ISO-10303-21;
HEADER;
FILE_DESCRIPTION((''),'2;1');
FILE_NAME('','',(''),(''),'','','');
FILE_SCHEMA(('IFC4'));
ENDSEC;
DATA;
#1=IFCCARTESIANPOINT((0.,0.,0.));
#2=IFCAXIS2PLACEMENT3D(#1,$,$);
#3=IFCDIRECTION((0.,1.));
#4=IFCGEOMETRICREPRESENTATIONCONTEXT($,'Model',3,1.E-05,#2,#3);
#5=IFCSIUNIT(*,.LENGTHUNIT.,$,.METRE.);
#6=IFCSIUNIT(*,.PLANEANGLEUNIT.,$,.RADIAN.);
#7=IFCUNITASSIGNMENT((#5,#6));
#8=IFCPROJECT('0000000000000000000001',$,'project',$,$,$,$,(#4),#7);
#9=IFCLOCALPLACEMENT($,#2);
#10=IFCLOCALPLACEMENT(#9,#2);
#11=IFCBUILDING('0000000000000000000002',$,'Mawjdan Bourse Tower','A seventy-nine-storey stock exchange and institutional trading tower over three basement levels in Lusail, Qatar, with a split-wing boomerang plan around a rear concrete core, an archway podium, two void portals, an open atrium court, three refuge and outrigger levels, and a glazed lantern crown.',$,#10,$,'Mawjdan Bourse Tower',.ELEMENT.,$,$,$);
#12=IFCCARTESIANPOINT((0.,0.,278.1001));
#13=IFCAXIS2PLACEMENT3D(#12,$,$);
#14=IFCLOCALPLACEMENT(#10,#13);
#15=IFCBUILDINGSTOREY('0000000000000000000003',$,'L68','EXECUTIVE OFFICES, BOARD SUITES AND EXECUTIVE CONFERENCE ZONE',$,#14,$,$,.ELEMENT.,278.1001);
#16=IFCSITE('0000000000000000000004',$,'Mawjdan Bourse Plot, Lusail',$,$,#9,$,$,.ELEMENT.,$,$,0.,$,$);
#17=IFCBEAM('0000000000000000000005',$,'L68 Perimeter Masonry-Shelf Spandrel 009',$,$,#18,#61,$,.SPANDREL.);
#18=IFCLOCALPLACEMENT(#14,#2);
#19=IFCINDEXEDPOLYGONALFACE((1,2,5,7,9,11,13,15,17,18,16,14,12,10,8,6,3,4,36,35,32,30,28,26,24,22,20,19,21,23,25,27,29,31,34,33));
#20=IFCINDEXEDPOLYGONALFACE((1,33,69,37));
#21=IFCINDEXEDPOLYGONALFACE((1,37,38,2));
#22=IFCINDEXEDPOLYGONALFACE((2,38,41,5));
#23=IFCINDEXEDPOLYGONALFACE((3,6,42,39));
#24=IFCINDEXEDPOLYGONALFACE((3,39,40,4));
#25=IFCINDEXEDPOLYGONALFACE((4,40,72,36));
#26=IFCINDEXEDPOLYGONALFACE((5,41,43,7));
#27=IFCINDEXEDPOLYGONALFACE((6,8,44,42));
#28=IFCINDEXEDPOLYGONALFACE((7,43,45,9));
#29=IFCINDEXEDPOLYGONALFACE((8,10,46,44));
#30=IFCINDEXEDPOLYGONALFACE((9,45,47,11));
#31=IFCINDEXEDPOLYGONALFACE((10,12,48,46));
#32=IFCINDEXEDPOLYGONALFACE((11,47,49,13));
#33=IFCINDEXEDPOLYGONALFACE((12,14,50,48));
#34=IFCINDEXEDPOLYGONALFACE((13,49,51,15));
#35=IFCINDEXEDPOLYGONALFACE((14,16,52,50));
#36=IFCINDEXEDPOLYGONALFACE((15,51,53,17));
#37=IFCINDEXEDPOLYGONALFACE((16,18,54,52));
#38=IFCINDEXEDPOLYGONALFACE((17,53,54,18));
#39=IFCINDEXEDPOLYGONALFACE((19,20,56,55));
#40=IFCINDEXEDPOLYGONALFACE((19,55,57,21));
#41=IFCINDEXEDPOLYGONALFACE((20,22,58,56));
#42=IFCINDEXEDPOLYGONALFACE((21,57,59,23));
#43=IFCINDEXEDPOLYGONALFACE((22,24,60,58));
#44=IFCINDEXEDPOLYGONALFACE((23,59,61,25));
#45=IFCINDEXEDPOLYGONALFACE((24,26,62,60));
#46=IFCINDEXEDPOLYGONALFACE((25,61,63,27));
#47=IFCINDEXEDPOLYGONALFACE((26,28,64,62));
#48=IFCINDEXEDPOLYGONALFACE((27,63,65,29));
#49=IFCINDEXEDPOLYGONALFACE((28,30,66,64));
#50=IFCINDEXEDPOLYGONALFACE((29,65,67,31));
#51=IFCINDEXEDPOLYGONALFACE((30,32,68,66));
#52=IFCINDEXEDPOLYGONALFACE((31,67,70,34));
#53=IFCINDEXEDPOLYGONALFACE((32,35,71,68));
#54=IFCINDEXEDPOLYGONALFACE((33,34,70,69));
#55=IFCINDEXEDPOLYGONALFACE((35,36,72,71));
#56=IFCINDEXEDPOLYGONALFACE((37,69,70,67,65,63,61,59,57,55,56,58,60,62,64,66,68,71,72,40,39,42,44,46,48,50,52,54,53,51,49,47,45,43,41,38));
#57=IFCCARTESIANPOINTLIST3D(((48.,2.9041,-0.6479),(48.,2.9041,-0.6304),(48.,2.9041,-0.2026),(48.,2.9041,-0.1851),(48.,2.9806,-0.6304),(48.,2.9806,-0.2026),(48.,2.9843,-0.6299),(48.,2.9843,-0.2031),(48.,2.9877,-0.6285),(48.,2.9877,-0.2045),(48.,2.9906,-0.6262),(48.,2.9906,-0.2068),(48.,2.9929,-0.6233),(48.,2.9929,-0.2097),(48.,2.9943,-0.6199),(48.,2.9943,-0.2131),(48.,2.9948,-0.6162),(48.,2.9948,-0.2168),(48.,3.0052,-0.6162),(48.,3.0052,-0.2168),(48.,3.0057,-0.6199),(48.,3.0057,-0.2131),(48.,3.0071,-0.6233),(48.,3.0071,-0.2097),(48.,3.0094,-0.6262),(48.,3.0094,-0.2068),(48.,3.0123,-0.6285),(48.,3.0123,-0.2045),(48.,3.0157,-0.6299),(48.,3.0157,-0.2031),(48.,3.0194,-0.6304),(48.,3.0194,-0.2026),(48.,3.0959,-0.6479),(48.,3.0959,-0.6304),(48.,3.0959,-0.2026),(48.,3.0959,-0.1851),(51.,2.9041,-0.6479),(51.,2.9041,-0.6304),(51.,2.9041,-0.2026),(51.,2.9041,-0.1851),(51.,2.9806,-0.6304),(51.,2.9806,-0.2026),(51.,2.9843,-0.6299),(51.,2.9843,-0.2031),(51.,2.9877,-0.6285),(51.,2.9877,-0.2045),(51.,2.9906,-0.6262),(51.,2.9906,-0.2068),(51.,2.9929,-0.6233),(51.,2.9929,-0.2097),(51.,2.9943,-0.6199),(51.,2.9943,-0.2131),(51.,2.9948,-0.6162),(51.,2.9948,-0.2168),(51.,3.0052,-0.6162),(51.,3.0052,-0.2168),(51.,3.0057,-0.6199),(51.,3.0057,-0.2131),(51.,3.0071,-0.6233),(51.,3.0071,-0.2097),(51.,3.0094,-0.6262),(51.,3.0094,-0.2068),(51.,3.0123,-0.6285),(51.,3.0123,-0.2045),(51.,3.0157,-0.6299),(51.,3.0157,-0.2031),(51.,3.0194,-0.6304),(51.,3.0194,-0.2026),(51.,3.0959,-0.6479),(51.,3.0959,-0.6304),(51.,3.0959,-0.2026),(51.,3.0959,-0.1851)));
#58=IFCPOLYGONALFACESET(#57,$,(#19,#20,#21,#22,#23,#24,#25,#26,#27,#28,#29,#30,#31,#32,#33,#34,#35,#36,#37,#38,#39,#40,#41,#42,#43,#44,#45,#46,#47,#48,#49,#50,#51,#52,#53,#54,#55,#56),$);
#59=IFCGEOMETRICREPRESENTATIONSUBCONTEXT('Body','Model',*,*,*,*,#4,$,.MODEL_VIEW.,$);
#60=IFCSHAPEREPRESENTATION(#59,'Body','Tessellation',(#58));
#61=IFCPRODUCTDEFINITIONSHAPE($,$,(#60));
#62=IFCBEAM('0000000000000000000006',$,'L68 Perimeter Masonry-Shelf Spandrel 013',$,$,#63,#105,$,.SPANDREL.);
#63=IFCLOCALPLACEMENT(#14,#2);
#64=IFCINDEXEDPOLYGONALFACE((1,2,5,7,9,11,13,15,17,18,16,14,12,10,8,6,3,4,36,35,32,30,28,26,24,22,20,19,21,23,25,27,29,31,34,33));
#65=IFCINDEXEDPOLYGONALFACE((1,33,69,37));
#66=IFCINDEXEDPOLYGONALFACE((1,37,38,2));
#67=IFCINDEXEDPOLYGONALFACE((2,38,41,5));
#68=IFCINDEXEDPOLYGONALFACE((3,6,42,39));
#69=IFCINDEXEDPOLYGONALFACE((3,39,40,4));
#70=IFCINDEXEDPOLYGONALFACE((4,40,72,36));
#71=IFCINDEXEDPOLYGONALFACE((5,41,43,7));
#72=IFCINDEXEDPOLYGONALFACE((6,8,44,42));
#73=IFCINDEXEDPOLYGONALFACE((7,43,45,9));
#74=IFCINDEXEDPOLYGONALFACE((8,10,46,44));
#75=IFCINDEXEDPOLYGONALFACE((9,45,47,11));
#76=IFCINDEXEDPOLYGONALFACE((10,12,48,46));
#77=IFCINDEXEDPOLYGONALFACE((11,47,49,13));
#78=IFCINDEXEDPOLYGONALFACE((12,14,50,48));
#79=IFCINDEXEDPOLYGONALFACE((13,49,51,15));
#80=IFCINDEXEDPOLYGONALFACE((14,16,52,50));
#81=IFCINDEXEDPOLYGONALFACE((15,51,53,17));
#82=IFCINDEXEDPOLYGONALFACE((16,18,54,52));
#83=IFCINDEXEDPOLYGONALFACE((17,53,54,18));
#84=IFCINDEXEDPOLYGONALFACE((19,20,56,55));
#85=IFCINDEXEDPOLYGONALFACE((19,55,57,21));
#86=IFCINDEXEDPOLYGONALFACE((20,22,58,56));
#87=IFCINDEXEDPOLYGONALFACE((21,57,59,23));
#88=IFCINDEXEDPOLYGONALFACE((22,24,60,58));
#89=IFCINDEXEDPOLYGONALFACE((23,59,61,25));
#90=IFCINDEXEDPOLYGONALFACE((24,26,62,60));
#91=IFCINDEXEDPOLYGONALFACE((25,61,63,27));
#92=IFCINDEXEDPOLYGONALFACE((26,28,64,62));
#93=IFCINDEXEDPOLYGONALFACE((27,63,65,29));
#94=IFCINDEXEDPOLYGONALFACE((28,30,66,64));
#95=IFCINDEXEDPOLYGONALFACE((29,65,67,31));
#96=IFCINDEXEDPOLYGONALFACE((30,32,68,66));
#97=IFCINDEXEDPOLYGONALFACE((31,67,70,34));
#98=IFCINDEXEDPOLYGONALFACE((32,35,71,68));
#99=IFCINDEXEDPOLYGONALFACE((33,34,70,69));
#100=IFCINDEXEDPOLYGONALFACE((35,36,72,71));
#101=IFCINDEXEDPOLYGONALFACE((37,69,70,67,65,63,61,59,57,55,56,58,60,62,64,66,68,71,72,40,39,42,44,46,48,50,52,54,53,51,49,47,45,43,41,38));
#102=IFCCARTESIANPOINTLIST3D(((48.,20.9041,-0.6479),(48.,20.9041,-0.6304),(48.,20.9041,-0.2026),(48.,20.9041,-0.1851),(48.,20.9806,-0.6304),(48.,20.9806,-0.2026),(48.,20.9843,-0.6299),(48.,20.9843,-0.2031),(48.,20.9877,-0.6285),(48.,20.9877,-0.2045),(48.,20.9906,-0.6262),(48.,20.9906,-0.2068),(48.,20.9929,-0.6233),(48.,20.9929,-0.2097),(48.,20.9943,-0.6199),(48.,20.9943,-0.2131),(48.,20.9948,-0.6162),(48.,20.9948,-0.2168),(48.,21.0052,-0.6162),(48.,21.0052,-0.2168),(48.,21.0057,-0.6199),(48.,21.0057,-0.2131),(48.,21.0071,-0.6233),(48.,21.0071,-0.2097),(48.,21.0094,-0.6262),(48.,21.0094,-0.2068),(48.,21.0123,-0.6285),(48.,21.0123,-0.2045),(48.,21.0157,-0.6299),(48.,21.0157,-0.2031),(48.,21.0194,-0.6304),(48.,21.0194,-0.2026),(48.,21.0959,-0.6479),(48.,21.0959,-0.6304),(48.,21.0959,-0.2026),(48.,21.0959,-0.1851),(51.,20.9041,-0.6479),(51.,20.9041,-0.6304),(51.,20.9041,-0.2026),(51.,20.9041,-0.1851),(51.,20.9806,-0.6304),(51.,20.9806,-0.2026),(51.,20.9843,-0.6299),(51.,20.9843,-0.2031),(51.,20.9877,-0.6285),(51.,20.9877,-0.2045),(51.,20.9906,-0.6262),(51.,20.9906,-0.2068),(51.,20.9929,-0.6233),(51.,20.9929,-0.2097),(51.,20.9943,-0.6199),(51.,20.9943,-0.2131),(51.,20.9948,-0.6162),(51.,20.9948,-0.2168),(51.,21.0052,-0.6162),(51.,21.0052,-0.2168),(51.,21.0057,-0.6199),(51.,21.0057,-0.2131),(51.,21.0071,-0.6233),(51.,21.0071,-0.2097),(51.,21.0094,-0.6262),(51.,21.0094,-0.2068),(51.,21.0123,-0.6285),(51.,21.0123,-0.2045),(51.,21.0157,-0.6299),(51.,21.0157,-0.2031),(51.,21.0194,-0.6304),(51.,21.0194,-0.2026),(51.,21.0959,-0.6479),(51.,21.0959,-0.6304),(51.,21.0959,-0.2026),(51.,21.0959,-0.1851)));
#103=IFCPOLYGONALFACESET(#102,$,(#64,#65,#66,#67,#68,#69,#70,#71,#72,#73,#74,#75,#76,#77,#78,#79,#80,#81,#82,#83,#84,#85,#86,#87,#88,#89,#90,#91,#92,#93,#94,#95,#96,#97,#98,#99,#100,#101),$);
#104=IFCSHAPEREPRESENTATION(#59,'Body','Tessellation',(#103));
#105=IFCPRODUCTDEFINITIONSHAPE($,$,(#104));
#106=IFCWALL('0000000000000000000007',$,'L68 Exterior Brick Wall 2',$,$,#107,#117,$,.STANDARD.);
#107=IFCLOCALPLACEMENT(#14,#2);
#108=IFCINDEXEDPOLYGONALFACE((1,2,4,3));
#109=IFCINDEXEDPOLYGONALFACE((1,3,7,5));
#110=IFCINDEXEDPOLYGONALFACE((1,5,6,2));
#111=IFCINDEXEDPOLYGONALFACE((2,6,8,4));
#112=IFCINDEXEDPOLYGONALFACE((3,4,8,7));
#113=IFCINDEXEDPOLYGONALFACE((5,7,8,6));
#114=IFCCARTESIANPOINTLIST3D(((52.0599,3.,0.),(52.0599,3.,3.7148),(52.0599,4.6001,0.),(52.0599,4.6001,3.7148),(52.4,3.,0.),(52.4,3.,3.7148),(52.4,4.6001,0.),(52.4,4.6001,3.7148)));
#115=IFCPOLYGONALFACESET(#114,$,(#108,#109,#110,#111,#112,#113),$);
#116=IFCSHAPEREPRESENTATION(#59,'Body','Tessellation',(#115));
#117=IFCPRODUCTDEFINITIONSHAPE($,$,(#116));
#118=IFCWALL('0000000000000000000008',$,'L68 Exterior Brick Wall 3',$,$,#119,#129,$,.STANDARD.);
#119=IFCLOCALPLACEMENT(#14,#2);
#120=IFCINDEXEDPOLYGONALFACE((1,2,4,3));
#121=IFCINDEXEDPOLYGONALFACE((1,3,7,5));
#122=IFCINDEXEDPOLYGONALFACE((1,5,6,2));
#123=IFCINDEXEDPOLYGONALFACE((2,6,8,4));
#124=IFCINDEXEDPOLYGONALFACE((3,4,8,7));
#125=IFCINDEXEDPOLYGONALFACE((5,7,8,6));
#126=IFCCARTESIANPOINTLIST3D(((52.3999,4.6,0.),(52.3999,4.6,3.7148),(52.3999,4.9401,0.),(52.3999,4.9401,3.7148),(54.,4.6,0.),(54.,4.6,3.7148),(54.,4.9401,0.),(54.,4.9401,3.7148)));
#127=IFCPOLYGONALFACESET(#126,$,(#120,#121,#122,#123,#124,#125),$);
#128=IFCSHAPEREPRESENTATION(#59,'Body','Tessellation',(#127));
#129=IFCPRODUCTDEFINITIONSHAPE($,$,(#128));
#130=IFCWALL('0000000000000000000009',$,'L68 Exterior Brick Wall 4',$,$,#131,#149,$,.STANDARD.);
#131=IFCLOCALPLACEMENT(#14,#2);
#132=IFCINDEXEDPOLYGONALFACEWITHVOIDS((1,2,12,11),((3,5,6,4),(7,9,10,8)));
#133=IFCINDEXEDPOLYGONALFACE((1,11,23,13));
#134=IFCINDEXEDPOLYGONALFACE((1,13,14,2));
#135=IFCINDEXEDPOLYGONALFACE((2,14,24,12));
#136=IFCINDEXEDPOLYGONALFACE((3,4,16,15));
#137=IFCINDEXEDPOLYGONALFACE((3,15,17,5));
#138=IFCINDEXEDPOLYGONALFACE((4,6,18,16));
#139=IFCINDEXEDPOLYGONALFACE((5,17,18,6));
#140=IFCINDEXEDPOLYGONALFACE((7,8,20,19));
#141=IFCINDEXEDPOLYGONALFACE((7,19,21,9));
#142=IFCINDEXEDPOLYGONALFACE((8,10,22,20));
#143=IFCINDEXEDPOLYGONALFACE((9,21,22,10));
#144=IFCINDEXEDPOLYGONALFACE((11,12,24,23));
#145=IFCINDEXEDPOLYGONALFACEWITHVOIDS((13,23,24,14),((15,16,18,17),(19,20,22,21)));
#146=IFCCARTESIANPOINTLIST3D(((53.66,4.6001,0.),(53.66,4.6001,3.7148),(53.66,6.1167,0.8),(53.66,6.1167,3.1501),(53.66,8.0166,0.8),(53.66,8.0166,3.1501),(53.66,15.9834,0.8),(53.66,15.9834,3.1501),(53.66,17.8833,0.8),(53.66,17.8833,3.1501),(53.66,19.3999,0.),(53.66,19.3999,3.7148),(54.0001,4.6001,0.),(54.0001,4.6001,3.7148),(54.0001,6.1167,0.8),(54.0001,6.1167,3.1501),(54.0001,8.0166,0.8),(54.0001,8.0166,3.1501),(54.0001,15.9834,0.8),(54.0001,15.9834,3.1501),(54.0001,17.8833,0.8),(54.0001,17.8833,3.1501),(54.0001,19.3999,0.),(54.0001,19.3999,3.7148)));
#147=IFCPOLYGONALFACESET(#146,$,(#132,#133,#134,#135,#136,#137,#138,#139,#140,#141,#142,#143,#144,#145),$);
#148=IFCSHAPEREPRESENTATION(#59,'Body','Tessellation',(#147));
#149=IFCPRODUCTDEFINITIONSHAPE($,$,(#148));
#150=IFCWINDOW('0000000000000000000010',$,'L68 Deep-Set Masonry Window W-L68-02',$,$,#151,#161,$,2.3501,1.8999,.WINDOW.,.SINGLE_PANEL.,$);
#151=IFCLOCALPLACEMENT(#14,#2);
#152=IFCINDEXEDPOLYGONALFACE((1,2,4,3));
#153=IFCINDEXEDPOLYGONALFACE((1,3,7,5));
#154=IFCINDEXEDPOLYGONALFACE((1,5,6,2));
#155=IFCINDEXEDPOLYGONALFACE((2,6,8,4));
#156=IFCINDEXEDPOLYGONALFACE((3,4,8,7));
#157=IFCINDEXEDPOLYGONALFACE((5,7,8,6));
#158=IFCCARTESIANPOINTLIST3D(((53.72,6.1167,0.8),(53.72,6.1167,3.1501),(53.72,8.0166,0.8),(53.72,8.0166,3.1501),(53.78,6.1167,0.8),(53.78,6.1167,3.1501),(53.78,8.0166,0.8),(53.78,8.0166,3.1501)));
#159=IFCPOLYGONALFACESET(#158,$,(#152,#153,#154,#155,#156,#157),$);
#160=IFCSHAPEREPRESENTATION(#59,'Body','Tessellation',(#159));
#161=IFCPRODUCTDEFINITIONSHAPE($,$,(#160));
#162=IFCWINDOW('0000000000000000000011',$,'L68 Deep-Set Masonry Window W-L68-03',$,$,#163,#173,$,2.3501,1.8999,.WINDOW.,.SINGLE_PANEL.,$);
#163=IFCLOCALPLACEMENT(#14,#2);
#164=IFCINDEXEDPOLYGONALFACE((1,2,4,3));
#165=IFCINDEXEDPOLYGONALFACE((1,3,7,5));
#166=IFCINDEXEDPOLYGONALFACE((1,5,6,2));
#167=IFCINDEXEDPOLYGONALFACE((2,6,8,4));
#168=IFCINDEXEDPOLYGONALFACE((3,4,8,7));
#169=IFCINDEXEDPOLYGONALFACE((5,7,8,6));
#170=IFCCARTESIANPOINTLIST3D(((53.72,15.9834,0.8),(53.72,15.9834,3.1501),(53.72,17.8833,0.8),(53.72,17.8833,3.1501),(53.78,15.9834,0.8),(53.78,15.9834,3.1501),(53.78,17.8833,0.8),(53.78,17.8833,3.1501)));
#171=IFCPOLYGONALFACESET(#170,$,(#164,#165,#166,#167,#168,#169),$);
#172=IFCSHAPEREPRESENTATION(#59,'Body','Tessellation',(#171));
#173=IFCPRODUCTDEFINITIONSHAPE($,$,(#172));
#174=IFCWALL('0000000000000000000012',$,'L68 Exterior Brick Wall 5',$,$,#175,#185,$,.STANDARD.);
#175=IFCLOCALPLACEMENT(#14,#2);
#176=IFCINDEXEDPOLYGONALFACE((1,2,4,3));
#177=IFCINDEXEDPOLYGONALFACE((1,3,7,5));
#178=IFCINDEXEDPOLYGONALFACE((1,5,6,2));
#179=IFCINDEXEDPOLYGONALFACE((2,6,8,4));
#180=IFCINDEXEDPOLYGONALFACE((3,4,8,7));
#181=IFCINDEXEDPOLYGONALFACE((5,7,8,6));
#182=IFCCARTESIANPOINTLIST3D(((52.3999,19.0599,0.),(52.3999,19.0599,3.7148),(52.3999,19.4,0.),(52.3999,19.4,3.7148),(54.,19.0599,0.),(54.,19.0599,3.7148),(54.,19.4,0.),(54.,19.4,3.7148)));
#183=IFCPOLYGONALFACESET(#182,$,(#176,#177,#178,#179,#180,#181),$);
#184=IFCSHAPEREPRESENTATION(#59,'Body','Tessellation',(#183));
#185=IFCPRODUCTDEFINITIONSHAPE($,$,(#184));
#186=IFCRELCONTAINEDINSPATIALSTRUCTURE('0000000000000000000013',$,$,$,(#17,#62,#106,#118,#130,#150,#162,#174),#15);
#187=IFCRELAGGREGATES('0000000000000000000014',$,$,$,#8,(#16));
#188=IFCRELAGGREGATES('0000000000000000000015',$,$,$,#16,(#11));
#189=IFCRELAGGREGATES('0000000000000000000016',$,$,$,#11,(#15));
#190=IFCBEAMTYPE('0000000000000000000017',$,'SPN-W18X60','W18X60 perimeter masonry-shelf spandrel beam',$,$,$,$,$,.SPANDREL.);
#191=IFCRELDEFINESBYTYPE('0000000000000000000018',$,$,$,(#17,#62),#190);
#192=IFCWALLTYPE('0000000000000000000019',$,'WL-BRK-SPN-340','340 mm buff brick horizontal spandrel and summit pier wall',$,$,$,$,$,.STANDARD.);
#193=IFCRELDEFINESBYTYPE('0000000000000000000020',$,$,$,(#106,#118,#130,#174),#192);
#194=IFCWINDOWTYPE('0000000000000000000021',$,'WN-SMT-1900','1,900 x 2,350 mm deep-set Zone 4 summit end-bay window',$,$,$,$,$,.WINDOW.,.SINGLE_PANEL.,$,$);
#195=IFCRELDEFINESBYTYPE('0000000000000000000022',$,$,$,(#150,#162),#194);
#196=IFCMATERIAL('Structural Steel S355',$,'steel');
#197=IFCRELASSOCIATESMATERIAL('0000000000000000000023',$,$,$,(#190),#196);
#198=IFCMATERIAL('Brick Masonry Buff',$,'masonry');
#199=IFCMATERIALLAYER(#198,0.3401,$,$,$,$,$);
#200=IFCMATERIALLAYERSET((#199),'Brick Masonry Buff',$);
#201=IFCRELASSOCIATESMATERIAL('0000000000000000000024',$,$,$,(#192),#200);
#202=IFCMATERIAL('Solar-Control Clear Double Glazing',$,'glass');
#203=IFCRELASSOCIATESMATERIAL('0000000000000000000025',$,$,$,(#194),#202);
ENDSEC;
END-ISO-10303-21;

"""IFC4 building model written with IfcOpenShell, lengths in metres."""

from ifc_helpers import new_model, si_unit, direction, frame, frame_2d, origin, origin_2d, place, context, subcontext, project, spatial, rectangle, i_section, extrude, material, layer, layer_set, material_profile, profile_set, type_object, element, fill, save


model = new_model("IFC4")

# Units and contexts
model_context = context("Model", 3, precision=1e-05, world=origin(), true_north=direction((0.0, 1.0)))
body_context = subcontext(model_context, "Body", "Model", "MODEL_VIEW")
ifc_project = project(units=[si_unit("LENGTHUNIT", "METRE"), si_unit("PLANEANGLEUNIT", "RADIAN")], contexts=[model_context])

# Site, building, storey
site_placement = place(None, origin())
site = spatial("IfcSite", under=ifc_project, at=site_placement, Name="Mawjdan Bourse Plot, Lusail", CompositionType="ELEMENT", RefElevation=0.0)
building_placement = place(site_placement, origin())
building = spatial("IfcBuilding", under=site, at=building_placement, Name="Mawjdan Bourse Tower", Description="A seventy-nine-storey stock exchange and institutional trading tower over three basement levels in Lusail, Qatar, with a split-wing boomerang plan around a rear concrete core, an archway podium, two void portals, an open atrium court, three refuge and outrigger levels, and a glazed lantern crown.", LongName="Mawjdan Bourse Tower", CompositionType="ELEMENT")
storey_placement = place(building_placement, frame((0.0, 0.0, 278.1001)))
storey = spatial("IfcBuildingStorey", under=building, at=storey_placement, Name="L68", Description="EXECUTIVE OFFICES, BOARD SUITES AND EXECUTIVE CONFERENCE ZONE", CompositionType="ELEMENT", Elevation=278.1001)

# Beams
ifc_material_1 = material(Name="Structural Steel S355", Category="steel")
ifc_material_profile_1 = material_profile(ifc_material_1, i_section(OverallWidth=0.1919, OverallDepth=0.4629, WebThickness=0.0105, FlangeThickness=0.0176, FilletRadius=0.0142, at=origin_2d()), Name="W18X60")
ifc_profile_set_1 = profile_set([ifc_material_profile_1], Name="Structural Steel S355")
beam_type_1 = type_object("IfcBeamType", Name="SPN-W18X60", Description="W18X60 perimeter masonry-shelf spandrel beam", PredefinedType="SPANDREL", material=ifc_profile_set_1)
for number, where, z_axis, x_axis, name in (
    (1, (48.0, 3.0, -0.4165), (1.0, 0.0, 0.0), (0.0, 1.0, 0.0), "L68 Perimeter Masonry-Shelf Spandrel 009"),
    (2, (48.0, 21.0, -0.4165), (1.0, 0.0, 0.0), (0.0, 1.0, 0.0), "L68 Perimeter Masonry-Shelf Spandrel 013"),
):
    element("IfcBeam", number, at=place(storey_placement, frame(where, z_axis=z_axis, x_axis=x_axis)), inside=storey, type_object=beam_type_1, Name=name, PredefinedType="SPANDREL", context=body_context, shape_type="SweptSolid", body=[
        extrude(i_section(OverallWidth=0.1919, OverallDepth=0.4629, WebThickness=0.0105, FlangeThickness=0.0176, FilletRadius=0.0142, at=origin_2d()), origin(), (0.0, 0.0, 1.0), 3.0),
    ])

# Walls
ifc_material_2 = material(Name="Brick Masonry Buff", Category="masonry")
ifc_layer = layer(ifc_material_2, 0.3401)
ifc_layer_set = layer_set([ifc_layer], Name="Brick Masonry Buff")
wall_type = type_object("IfcWallType", Name="WL-BRK-SPN-340", Description="340 mm buff brick horizontal spandrel and summit pier wall", PredefinedType="STANDARD", material=ifc_layer_set)
for number, where, z_axis, x_axis, name in (
    (3, (52.23, 3.0, 0.0), (0.0, 0.0, 1.0), (0.0, 1.0, 0.0), "L68 Exterior Brick Wall 2"),
    (4, (52.3999, 4.77, 0.0), (0.0, 0.0, 1.0), (1.0, 0.0, 0.0), "L68 Exterior Brick Wall 3"),
):
    element("IfcWall", number, at=place(storey_placement, frame(where, z_axis=z_axis, x_axis=x_axis)), inside=storey, type_object=wall_type, Name=name, PredefinedType="STANDARD", context=body_context, shape_type="SweptSolid", body=[
        extrude(rectangle(XDim=1.6001, YDim=0.3401, at=frame_2d((0.8, 0.0))), origin(), (0.0, 0.0, 1.0), 3.7148),
    ])

# Wall, openings, windows
wall_1_placement = place(storey_placement, frame((53.8301, 4.6001, 0.0), z_axis=(0.0, 0.0, 1.0), x_axis=(0.0, 1.0, 0.0)))
wall_1 = element("IfcWall", 5, at=wall_1_placement, inside=storey, type_object=wall_type, Name="L68 Exterior Brick Wall 4", PredefinedType="STANDARD", context=body_context, shape_type="SweptSolid", body=[
    extrude(rectangle(XDim=14.7998, YDim=0.3401, at=frame_2d((7.3999, 0.0))), origin(), (0.0, 0.0, 1.0), 3.7148),
])
opening_1_placement = place(wall_1_placement, frame((1.5166, 0.0, 0.8)))
opening_1 = element("IfcOpeningElement", 6, at=opening_1_placement, cuts=wall_1, PredefinedType="OPENING", context=body_context, shape_type="SweptSolid", body=[
    extrude(rectangle(XDim=1.8999, YDim=2.3501, at=frame_2d((0.95, 1.175))), frame((0.0, 0.1802, 0.0), z_axis=(0.0, -1.0, 0.0), x_axis=(1.0, 0.0, 0.0)), (0.0, 0.0, 1.0), 0.3601),
])
opening_2_placement = place(wall_1_placement, frame((11.3833, 0.0, 0.8)))
opening_2 = element("IfcOpeningElement", 7, at=opening_2_placement, cuts=wall_1, PredefinedType="OPENING", context=body_context, shape_type="SweptSolid", body=[
    extrude(rectangle(XDim=1.8999, YDim=2.3501, at=frame_2d((0.95, 1.175))), frame((0.0, 0.1802, 0.0), z_axis=(0.0, -1.0, 0.0), x_axis=(1.0, 0.0, 0.0)), (0.0, 0.0, 1.0), 0.3601),
])
ifc_material_3 = material(Name="Solar-Control Clear Double Glazing", Category="glass")
window_type_1 = type_object("IfcWindowType", Name="WN-SMT-1900", Description="1,900 x 2,350 mm deep-set Zone 4 summit end-bay window", PartitioningType="SINGLE_PANEL", PredefinedType="WINDOW", material=ifc_material_3)
window_1_placement = place(opening_1_placement, origin())
window_1 = element("IfcWindow", 8, at=window_1_placement, inside=storey, type_object=window_type_1, Name="L68 Deep-Set Masonry Window W-L68-02", OverallHeight=2.3501, OverallWidth=1.8999, PartitioningType="SINGLE_PANEL", PredefinedType="WINDOW", context=body_context, shape_type="SweptSolid", body=[
    extrude(rectangle(XDim=1.8999, YDim=2.3501, at=frame_2d((0.95, 1.175))), frame((0.0, 0.1101, 0.0), z_axis=(0.0, -1.0, 0.0), x_axis=(1.0, 0.0, 0.0)), (0.0, 0.0, 1.0), 0.0601),
])
fill(opening_1, window_1)
window_2_placement = place(opening_2_placement, origin())
window_2 = element("IfcWindow", 9, at=window_2_placement, inside=storey, type_object=window_type_1, Name="L68 Deep-Set Masonry Window W-L68-03", OverallHeight=2.3501, OverallWidth=1.8999, PartitioningType="SINGLE_PANEL", PredefinedType="WINDOW", context=body_context, shape_type="SweptSolid", body=[
    extrude(rectangle(XDim=1.8999, YDim=2.3501, at=frame_2d((0.95, 1.175))), frame((0.0, 0.1101, 0.0), z_axis=(0.0, -1.0, 0.0), x_axis=(1.0, 0.0, 0.0)), (0.0, 0.0, 1.0), 0.0601),
])
fill(opening_2, window_2)

# Wall
for number, where, z_axis, x_axis, name in (
    (10, (54.0, 19.23, 0.0), (0.0, 0.0, 1.0), (-1.0, 0.0, 0.0), "L68 Exterior Brick Wall 5"),
):
    element("IfcWall", number, at=place(storey_placement, frame(where, z_axis=z_axis, x_axis=x_axis)), inside=storey, type_object=wall_type, Name=name, PredefinedType="STANDARD", context=body_context, shape_type="SweptSolid", body=[
        extrude(rectangle(XDim=1.6001, YDim=0.3401, at=frame_2d((0.8, 0.0))), origin(), (0.0, 0.0, 1.0), 3.7148),
    ])

save(model, "model.ifc")
